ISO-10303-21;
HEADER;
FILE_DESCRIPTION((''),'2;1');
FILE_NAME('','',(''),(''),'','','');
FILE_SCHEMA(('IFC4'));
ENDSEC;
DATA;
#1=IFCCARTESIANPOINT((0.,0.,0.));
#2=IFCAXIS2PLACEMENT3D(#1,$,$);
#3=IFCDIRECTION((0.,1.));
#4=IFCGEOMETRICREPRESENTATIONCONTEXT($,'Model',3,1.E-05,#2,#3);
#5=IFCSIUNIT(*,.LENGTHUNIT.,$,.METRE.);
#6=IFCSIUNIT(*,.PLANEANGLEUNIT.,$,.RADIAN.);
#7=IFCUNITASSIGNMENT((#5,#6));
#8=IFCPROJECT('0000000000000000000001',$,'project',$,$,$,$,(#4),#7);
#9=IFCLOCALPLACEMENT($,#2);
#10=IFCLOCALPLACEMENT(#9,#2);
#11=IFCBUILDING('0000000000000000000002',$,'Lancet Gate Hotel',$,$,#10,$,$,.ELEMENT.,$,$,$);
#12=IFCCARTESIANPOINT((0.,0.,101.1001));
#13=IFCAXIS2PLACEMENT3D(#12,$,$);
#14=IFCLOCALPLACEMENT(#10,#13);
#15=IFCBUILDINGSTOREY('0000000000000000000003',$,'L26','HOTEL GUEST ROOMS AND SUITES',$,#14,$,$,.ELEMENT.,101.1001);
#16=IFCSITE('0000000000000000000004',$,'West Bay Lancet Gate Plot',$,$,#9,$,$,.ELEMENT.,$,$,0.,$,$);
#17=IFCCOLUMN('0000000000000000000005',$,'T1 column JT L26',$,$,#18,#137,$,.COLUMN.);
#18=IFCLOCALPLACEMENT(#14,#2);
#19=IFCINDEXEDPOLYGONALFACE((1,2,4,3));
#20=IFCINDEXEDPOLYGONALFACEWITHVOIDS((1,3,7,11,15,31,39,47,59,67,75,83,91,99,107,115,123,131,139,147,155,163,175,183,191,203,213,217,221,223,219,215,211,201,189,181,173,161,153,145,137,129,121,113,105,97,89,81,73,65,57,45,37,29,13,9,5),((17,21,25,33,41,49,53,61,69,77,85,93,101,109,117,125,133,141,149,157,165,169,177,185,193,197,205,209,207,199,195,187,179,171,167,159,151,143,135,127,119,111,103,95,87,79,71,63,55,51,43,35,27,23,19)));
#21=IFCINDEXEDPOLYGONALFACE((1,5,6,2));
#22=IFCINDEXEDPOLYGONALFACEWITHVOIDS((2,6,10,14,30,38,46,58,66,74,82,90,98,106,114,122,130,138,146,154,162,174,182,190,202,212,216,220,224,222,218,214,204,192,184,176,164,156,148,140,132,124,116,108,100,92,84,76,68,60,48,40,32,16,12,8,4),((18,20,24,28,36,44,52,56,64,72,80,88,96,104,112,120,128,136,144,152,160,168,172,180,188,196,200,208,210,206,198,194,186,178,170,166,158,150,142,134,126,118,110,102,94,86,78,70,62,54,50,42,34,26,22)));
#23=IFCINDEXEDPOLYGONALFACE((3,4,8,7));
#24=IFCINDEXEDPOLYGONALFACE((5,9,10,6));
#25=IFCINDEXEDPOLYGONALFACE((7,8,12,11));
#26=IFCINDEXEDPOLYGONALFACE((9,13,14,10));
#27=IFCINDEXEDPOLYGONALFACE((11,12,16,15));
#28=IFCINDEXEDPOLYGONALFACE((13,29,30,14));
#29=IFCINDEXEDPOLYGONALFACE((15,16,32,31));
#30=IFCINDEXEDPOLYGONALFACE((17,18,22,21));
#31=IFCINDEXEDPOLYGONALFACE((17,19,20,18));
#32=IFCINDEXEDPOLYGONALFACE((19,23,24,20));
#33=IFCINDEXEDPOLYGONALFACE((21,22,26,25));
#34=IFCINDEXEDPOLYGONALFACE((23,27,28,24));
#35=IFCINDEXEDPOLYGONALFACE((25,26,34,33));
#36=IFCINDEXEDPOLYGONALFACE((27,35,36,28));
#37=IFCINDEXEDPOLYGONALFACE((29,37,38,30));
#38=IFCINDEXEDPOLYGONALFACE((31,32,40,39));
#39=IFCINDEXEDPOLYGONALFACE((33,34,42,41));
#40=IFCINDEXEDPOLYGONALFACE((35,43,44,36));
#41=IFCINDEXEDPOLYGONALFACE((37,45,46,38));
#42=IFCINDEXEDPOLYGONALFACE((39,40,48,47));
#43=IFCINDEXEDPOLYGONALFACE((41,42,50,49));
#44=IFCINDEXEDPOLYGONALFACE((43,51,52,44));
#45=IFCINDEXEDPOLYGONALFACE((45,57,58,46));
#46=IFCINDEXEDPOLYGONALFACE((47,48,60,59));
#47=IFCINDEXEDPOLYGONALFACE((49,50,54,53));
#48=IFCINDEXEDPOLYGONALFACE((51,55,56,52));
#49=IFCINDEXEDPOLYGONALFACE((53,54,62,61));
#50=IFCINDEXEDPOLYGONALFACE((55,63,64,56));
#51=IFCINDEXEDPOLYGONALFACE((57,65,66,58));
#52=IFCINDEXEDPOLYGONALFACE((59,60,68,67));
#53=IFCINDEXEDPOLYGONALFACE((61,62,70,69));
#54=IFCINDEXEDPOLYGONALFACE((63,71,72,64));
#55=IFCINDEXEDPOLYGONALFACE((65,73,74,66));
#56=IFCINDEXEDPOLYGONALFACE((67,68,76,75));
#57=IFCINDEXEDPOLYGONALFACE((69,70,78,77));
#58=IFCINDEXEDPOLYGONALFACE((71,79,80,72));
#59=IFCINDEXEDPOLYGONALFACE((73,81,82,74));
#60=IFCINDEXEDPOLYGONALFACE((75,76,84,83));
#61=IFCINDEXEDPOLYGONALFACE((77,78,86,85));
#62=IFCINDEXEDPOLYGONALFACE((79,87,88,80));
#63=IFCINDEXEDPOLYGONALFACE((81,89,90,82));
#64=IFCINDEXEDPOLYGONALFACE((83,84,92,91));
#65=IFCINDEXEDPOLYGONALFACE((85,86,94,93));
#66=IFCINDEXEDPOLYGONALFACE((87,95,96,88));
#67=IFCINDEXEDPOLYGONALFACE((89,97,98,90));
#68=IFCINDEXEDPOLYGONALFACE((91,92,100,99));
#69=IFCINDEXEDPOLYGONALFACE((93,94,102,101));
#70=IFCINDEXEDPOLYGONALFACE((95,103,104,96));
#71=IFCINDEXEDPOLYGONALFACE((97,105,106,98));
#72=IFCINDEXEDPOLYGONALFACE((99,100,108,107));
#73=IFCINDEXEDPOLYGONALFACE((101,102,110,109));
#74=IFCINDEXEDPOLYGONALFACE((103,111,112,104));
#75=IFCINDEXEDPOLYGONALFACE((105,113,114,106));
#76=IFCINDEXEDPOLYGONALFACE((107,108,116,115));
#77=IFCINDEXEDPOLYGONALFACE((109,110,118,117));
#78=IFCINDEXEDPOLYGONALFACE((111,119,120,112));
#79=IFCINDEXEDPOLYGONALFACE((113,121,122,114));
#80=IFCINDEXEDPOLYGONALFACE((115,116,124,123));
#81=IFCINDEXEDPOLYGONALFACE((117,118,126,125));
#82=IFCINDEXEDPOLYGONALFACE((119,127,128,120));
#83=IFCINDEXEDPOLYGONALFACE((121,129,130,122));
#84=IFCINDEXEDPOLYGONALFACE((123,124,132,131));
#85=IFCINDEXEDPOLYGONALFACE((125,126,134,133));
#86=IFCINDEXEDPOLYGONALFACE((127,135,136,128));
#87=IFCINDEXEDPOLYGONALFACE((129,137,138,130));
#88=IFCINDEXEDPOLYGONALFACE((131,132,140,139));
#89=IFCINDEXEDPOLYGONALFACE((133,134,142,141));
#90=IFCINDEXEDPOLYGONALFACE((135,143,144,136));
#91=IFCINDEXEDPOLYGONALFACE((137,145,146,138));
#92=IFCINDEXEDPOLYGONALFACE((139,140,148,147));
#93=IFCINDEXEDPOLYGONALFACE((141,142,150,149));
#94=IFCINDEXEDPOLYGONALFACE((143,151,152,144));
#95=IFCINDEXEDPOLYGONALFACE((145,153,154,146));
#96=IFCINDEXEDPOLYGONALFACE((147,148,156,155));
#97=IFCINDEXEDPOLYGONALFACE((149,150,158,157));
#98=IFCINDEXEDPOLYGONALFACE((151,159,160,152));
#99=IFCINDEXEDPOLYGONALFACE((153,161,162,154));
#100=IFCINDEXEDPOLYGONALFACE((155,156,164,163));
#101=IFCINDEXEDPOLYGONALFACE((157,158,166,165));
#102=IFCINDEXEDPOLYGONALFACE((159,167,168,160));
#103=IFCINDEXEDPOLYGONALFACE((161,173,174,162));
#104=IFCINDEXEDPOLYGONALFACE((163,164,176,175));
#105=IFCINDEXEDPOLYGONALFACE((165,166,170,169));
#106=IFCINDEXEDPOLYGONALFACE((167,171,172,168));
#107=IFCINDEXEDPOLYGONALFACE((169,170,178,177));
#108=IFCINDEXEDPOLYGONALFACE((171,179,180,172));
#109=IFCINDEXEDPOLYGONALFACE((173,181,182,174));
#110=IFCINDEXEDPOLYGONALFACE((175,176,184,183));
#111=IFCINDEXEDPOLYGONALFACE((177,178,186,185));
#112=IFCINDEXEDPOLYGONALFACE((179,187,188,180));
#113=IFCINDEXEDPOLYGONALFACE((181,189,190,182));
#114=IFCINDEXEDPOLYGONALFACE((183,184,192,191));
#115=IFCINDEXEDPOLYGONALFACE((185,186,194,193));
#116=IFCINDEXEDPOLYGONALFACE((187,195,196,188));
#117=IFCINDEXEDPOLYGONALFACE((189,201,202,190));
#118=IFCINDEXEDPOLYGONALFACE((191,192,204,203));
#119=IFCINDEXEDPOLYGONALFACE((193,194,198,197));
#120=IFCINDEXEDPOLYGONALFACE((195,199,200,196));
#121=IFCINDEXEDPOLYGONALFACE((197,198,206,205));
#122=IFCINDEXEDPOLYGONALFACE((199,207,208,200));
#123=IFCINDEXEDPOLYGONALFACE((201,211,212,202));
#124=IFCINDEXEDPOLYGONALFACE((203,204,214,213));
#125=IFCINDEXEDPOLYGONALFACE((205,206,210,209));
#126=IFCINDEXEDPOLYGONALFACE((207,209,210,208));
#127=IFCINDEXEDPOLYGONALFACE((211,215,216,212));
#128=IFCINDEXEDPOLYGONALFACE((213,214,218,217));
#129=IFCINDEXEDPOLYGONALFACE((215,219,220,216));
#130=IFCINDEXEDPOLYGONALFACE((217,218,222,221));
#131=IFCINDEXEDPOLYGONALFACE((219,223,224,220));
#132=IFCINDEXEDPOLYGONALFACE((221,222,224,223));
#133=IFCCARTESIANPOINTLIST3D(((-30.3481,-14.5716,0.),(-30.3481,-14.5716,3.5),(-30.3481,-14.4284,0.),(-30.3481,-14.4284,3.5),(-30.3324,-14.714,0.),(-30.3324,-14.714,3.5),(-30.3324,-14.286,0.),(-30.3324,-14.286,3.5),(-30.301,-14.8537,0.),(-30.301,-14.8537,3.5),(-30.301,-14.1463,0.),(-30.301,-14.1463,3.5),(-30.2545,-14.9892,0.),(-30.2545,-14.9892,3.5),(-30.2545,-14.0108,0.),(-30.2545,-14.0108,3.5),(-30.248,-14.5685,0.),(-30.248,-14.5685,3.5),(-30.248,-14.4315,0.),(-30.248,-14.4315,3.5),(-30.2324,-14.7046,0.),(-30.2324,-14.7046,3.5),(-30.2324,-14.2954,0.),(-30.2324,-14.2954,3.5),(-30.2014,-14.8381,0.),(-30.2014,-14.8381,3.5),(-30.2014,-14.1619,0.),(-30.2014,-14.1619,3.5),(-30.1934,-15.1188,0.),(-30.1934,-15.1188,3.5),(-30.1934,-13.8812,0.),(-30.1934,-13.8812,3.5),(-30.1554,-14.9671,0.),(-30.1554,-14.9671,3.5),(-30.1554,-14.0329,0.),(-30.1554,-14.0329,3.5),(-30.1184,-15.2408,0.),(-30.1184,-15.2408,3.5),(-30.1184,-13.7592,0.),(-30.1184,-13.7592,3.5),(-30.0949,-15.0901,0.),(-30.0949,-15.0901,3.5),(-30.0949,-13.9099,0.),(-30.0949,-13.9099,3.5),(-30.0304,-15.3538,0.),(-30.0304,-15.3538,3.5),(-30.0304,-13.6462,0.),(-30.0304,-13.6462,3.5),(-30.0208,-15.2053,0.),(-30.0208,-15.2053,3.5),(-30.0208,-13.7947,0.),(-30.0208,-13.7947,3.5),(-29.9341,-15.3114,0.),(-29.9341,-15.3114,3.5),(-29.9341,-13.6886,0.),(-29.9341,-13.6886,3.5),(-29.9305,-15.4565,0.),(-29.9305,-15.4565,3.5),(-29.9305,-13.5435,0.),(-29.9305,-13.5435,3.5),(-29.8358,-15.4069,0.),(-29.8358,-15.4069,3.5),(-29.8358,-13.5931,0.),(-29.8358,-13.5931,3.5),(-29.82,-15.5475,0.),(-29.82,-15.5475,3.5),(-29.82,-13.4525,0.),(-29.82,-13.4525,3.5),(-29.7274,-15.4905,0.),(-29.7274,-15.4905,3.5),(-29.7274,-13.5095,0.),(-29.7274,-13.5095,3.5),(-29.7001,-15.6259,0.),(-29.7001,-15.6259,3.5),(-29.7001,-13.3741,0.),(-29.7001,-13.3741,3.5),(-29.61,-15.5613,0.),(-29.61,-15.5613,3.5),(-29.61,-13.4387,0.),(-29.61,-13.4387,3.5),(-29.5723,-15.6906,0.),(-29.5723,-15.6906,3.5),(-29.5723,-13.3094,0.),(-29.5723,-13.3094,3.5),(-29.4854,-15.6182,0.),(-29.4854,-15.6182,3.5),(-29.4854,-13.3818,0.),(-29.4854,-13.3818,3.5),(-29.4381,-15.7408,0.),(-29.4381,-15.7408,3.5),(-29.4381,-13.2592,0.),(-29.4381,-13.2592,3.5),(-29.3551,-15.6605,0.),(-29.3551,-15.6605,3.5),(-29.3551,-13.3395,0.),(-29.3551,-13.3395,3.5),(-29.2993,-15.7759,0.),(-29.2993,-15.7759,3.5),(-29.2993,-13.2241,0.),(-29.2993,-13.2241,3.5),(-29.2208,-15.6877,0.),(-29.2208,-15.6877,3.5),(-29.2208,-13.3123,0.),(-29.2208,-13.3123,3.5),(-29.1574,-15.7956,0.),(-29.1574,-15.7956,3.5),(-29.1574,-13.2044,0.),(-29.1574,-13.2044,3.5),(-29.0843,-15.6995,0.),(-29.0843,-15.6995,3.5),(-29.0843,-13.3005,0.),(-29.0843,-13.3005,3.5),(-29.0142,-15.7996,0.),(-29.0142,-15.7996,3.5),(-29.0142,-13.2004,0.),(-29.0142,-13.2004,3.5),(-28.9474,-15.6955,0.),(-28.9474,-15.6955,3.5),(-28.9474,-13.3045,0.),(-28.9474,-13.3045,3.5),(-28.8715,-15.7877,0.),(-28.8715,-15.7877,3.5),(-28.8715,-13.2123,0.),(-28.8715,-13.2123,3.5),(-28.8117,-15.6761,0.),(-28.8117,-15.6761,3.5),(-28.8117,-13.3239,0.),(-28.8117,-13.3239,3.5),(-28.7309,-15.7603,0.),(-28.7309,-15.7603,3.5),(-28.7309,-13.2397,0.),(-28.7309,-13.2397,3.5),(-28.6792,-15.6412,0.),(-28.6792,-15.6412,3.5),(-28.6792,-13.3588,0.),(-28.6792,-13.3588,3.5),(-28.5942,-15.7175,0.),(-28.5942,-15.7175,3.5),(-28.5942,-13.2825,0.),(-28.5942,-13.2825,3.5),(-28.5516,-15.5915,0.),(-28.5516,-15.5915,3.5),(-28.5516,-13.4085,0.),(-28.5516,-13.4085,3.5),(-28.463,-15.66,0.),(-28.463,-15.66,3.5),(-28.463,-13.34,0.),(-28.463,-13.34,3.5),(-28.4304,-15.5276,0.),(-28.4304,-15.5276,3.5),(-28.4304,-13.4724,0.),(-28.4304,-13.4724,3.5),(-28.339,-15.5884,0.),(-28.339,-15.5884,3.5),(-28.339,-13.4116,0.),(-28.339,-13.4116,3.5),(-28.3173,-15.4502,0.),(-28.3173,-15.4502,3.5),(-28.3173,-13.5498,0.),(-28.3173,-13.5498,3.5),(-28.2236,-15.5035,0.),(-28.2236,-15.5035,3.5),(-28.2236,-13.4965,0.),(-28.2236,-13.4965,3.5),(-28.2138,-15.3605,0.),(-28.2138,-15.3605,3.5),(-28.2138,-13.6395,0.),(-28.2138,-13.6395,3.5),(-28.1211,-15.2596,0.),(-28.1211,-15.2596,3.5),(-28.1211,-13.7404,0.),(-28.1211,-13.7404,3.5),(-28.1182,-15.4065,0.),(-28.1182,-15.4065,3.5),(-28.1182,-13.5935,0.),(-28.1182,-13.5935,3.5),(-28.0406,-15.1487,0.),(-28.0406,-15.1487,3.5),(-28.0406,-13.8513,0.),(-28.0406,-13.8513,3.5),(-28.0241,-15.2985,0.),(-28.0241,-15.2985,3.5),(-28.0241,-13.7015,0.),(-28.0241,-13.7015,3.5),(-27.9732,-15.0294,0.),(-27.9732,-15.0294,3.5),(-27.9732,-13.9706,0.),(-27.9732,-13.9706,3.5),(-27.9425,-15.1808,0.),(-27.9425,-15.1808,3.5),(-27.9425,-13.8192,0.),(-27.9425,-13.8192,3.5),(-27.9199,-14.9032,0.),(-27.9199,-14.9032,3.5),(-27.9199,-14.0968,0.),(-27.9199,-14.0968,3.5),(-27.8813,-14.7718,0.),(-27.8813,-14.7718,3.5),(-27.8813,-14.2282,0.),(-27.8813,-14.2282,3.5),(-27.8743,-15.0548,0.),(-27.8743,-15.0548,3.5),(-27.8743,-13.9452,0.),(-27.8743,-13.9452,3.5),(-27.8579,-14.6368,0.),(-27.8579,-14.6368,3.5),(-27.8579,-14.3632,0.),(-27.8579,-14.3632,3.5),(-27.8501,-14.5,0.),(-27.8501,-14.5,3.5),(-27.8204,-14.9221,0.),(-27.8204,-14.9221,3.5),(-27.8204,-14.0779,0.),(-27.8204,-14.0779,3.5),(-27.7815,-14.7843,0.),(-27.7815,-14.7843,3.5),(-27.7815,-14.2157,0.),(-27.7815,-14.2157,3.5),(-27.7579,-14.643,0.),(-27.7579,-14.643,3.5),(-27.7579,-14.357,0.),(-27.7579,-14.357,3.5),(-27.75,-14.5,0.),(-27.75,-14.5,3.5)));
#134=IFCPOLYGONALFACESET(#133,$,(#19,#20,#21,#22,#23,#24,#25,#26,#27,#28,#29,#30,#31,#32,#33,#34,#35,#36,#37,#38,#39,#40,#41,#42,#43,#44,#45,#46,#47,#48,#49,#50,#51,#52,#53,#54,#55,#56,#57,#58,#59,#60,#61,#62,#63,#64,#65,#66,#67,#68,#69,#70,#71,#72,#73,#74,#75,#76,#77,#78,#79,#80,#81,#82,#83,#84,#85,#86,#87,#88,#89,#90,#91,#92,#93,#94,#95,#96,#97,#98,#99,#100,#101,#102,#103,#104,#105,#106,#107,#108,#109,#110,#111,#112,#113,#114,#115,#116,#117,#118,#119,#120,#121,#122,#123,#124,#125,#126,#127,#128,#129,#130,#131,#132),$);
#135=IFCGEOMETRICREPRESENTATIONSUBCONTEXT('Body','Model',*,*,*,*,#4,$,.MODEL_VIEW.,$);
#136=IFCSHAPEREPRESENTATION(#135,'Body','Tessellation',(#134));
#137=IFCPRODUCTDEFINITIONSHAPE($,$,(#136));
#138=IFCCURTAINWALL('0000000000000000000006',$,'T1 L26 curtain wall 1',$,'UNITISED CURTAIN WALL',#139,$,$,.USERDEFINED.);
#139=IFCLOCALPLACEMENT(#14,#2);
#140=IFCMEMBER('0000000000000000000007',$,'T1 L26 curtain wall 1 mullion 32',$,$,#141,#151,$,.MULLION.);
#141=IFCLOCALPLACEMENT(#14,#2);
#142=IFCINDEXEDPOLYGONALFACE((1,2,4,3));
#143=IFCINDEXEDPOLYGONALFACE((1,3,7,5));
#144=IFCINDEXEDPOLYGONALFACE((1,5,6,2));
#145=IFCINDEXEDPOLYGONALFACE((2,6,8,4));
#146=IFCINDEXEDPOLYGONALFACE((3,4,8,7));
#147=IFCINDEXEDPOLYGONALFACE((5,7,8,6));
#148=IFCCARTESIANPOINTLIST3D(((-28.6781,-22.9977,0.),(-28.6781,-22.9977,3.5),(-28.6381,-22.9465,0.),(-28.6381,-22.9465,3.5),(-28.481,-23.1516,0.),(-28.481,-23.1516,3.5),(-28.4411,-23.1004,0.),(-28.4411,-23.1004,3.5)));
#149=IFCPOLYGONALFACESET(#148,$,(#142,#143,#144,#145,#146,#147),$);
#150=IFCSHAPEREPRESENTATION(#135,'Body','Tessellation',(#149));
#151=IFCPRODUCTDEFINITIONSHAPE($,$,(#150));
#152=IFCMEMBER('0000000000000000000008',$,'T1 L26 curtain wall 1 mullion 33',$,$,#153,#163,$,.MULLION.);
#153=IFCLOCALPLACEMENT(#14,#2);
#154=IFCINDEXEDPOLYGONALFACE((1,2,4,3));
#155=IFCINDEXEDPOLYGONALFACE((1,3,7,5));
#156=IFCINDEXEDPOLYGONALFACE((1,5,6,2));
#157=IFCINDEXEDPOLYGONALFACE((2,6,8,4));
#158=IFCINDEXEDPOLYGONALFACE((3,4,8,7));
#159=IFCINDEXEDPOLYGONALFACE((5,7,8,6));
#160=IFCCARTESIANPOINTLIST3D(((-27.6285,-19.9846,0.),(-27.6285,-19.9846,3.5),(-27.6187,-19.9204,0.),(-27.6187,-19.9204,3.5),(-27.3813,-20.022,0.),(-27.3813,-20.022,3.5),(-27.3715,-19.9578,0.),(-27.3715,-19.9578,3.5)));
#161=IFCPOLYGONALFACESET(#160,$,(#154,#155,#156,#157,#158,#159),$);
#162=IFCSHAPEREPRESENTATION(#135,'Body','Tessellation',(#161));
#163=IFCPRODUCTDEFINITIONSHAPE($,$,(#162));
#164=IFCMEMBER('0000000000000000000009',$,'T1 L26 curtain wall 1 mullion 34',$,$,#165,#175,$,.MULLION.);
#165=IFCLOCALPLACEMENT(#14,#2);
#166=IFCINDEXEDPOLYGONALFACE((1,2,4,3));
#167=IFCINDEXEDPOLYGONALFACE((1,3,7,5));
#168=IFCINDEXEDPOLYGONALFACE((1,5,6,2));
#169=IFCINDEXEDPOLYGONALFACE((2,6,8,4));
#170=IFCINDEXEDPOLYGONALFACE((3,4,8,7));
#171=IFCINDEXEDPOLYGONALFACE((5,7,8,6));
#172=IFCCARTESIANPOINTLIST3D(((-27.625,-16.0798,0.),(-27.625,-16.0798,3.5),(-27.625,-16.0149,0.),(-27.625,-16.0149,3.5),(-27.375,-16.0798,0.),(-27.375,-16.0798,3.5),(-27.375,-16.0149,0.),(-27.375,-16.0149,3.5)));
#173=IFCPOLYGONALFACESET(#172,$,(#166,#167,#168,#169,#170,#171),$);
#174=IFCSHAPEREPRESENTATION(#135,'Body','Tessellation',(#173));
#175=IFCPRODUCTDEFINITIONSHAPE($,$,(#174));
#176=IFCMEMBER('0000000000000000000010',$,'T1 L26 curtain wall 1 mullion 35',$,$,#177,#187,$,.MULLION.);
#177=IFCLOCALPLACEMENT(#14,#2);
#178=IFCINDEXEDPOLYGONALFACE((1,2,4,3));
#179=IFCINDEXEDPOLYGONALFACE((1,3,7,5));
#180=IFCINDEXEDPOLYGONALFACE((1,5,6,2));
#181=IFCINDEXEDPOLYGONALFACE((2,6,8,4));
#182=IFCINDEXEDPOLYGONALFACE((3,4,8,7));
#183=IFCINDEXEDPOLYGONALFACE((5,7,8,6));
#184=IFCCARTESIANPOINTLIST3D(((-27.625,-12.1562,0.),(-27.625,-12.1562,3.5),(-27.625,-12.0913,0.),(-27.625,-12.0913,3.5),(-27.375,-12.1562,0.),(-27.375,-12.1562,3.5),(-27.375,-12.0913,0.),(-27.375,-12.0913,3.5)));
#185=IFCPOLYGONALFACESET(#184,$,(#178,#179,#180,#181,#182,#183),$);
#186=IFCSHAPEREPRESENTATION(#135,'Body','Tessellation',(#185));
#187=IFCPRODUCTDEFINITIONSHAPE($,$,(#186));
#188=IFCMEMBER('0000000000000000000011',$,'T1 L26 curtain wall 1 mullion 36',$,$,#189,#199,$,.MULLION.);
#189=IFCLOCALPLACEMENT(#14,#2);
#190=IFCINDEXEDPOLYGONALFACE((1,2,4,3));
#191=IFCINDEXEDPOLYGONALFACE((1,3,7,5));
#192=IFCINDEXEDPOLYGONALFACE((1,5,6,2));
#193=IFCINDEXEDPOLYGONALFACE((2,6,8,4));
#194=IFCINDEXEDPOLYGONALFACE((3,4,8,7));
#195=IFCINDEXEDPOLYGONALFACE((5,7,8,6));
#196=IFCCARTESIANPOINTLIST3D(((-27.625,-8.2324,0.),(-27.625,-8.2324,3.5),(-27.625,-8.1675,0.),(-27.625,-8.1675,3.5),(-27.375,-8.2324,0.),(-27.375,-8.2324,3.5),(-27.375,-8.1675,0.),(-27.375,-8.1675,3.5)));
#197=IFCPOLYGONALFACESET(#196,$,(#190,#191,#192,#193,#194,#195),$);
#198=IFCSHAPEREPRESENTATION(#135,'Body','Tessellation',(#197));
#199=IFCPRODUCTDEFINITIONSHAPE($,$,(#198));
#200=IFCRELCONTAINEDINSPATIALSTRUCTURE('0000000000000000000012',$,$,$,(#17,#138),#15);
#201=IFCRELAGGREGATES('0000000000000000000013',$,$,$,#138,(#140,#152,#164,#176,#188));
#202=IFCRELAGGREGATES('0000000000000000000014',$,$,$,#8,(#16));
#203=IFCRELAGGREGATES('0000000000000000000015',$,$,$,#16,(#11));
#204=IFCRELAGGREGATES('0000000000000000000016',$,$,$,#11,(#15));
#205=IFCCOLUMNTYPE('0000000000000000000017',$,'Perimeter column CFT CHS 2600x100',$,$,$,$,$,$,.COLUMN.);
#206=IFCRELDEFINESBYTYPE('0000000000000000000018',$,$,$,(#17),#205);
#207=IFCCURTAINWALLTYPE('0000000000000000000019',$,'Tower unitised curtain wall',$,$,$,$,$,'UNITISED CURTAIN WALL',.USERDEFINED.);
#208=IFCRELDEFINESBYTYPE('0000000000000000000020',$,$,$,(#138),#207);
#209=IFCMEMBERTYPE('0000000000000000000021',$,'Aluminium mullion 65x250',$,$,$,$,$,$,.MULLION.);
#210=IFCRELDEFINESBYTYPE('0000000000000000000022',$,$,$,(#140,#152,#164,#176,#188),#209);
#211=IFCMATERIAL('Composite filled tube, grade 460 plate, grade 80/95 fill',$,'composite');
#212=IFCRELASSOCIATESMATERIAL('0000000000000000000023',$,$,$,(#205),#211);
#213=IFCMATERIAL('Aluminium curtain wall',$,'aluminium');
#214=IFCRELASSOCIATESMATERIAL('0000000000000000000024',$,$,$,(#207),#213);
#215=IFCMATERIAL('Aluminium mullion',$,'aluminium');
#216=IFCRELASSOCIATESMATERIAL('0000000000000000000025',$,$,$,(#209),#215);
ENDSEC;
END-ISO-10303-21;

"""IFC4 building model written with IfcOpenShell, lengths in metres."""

from ifc_helpers import new_model, si_unit, direction, frame, origin, origin_2d, place, context, subcontext, project, spatial, rectangle, hollow_circle, extrude, material, material_profile, profile_set, type_object, element, aggregate, save


model = new_model("IFC4")

# Units and contexts
model_context = context("Model", 3, precision=1e-05, world=origin(), true_north=direction((0.0, 1.0)))
body_context = subcontext(model_context, "Body", "Model", "MODEL_VIEW")
ifc_project = project(units=[si_unit("LENGTHUNIT", "METRE"), si_unit("PLANEANGLEUNIT", "RADIAN")], contexts=[model_context])

# Site, building, storey
site_placement = place(None, origin())
site = spatial("IfcSite", under=ifc_project, at=site_placement, Name="West Bay Lancet Gate Plot", CompositionType="ELEMENT", RefElevation=0.0)
building_placement = place(site_placement, origin())
building = spatial("IfcBuilding", under=site, at=building_placement, Name="Lancet Gate Hotel", CompositionType="ELEMENT")
storey_placement = place(building_placement, frame((0.0, 0.0, 101.1001)))
storey = spatial("IfcBuildingStorey", under=building, at=storey_placement, Name="L26", Description="HOTEL GUEST ROOMS AND SUITES", CompositionType="ELEMENT", Elevation=101.1001)

# Column
ifc_material_1 = material(Name="Composite filled tube, grade 460 plate, grade 80/95 fill", Category="composite")
ifc_material_profile_1 = material_profile(ifc_material_1, hollow_circle(Radius=1.3, WallThickness=0.1001, at=origin_2d()), Name="CHS 2600x100")
ifc_profile_set_1 = profile_set([ifc_material_profile_1], Name="Composite filled tube, grade 460 plate, grade 80/95 fill")
column_type = type_object("IfcColumnType", Name="Perimeter column CFT CHS 2600x100", PredefinedType="COLUMN", material=ifc_profile_set_1)
for number, where, z_axis, x_axis, name in (
    (1, (-29.05, -14.5, 0.0), (0.0, 0.0, 1.0), (1.0, 0.0, 0.0), "T1 column JT L26"),
):
    element("IfcColumn", number, at=place(storey_placement, frame(where, z_axis=z_axis, x_axis=x_axis)), inside=storey, type_object=column_type, Name=name, PredefinedType="COLUMN", context=body_context, shape_type="SweptSolid", body=[
        extrude(hollow_circle(Radius=1.3, WallThickness=0.1001, at=origin_2d()), origin(), (0.0, 0.0, 1.0), 3.5),
    ])

# Curtain wall, members
ifc_material_2 = material(Name="Aluminium curtain wall", Category="aluminium")
curtain_wall_type = type_object("IfcCurtainWallType", Name="Tower unitised curtain wall", ElementType="UNITISED CURTAIN WALL", PredefinedType="USERDEFINED", material=ifc_material_2)
curtain_wall_placement = place(storey_placement, origin())
curtain_wall = element("IfcCurtainWall", 2, at=curtain_wall_placement, inside=storey, type_object=curtain_wall_type, Name="T1 L26 curtain wall 1", ObjectType="UNITISED CURTAIN WALL", PredefinedType="USERDEFINED")
ifc_material_3 = material(Name="Aluminium mullion", Category="aluminium")
ifc_material_profile_2 = material_profile(ifc_material_3, rectangle(XDim=0.0649, YDim=0.25, at=origin_2d()), Name="MULLION 65x250")
ifc_profile_set_2 = profile_set([ifc_material_profile_2], Name="Aluminium mullion")
member_type_1 = type_object("IfcMemberType", Name="Aluminium mullion 65x250", PredefinedType="MULLION", material=ifc_profile_set_2)
member_1_placement = place(storey_placement, frame((-28.5596, -23.0491, 0.0), z_axis=(0.0, 0.0, 1.0), x_axis=(0.615574, 0.788079, 0.0)))
member_1 = element("IfcMember", 3, at=member_1_placement, type_object=member_type_1, Name="T1 L26 curtain wall 1 mullion 32", PredefinedType="MULLION", context=body_context, shape_type="SweptSolid", body=[
    extrude(rectangle(XDim=0.0649, YDim=0.25, at=origin_2d()), origin(), (0.0, 0.0, 1.0), 3.5),
])
member_2_placement = place(storey_placement, frame((-27.5, -19.9712, 0.0), z_axis=(0.0, 0.0, 1.0), x_axis=(0.149634, 0.988741, 0.0)))
member_2 = element("IfcMember", 4, at=member_2_placement, type_object=member_type_1, Name="T1 L26 curtain wall 1 mullion 33", PredefinedType="MULLION", context=body_context, shape_type="SweptSolid", body=[
    extrude(rectangle(XDim=0.0649, YDim=0.25, at=origin_2d()), origin(), (0.0, 0.0, 1.0), 3.5),
])
member_3_placement = place(storey_placement, frame((-27.5, -16.0474, 0.0), z_axis=(0.0, 0.0, 1.0), x_axis=(0.0, 1.0, 0.0)))
member_3 = element("IfcMember", 5, at=member_3_placement, type_object=member_type_1, Name="T1 L26 curtain wall 1 mullion 34", PredefinedType="MULLION", context=body_context, shape_type="SweptSolid", body=[
    extrude(rectangle(XDim=0.0649, YDim=0.25, at=origin_2d()), origin(), (0.0, 0.0, 1.0), 3.5),
])
member_4_placement = place(storey_placement, frame((-27.5, -12.1238, 0.0), z_axis=(0.0, 0.0, 1.0), x_axis=(0.0, 1.0, 0.0)))
member_4 = element("IfcMember", 6, at=member_4_placement, type_object=member_type_1, Name="T1 L26 curtain wall 1 mullion 35", PredefinedType="MULLION", context=body_context, shape_type="SweptSolid", body=[
    extrude(rectangle(XDim=0.0649, YDim=0.25, at=origin_2d()), origin(), (0.0, 0.0, 1.0), 3.5),
])
member_5_placement = place(storey_placement, frame((-27.5, -8.2, 0.0), z_axis=(0.0, 0.0, 1.0), x_axis=(0.0, 1.0, 0.0)))
member_5 = element("IfcMember", 7, at=member_5_placement, type_object=member_type_1, Name="T1 L26 curtain wall 1 mullion 36", PredefinedType="MULLION", context=body_context, shape_type="SweptSolid", body=[
    extrude(rectangle(XDim=0.0649, YDim=0.25, at=origin_2d()), origin(), (0.0, 0.0, 1.0), 3.5),
])

aggregate(curtain_wall, [member_1, member_2, member_3, member_4, member_5])

save(model, "model.ifc")
